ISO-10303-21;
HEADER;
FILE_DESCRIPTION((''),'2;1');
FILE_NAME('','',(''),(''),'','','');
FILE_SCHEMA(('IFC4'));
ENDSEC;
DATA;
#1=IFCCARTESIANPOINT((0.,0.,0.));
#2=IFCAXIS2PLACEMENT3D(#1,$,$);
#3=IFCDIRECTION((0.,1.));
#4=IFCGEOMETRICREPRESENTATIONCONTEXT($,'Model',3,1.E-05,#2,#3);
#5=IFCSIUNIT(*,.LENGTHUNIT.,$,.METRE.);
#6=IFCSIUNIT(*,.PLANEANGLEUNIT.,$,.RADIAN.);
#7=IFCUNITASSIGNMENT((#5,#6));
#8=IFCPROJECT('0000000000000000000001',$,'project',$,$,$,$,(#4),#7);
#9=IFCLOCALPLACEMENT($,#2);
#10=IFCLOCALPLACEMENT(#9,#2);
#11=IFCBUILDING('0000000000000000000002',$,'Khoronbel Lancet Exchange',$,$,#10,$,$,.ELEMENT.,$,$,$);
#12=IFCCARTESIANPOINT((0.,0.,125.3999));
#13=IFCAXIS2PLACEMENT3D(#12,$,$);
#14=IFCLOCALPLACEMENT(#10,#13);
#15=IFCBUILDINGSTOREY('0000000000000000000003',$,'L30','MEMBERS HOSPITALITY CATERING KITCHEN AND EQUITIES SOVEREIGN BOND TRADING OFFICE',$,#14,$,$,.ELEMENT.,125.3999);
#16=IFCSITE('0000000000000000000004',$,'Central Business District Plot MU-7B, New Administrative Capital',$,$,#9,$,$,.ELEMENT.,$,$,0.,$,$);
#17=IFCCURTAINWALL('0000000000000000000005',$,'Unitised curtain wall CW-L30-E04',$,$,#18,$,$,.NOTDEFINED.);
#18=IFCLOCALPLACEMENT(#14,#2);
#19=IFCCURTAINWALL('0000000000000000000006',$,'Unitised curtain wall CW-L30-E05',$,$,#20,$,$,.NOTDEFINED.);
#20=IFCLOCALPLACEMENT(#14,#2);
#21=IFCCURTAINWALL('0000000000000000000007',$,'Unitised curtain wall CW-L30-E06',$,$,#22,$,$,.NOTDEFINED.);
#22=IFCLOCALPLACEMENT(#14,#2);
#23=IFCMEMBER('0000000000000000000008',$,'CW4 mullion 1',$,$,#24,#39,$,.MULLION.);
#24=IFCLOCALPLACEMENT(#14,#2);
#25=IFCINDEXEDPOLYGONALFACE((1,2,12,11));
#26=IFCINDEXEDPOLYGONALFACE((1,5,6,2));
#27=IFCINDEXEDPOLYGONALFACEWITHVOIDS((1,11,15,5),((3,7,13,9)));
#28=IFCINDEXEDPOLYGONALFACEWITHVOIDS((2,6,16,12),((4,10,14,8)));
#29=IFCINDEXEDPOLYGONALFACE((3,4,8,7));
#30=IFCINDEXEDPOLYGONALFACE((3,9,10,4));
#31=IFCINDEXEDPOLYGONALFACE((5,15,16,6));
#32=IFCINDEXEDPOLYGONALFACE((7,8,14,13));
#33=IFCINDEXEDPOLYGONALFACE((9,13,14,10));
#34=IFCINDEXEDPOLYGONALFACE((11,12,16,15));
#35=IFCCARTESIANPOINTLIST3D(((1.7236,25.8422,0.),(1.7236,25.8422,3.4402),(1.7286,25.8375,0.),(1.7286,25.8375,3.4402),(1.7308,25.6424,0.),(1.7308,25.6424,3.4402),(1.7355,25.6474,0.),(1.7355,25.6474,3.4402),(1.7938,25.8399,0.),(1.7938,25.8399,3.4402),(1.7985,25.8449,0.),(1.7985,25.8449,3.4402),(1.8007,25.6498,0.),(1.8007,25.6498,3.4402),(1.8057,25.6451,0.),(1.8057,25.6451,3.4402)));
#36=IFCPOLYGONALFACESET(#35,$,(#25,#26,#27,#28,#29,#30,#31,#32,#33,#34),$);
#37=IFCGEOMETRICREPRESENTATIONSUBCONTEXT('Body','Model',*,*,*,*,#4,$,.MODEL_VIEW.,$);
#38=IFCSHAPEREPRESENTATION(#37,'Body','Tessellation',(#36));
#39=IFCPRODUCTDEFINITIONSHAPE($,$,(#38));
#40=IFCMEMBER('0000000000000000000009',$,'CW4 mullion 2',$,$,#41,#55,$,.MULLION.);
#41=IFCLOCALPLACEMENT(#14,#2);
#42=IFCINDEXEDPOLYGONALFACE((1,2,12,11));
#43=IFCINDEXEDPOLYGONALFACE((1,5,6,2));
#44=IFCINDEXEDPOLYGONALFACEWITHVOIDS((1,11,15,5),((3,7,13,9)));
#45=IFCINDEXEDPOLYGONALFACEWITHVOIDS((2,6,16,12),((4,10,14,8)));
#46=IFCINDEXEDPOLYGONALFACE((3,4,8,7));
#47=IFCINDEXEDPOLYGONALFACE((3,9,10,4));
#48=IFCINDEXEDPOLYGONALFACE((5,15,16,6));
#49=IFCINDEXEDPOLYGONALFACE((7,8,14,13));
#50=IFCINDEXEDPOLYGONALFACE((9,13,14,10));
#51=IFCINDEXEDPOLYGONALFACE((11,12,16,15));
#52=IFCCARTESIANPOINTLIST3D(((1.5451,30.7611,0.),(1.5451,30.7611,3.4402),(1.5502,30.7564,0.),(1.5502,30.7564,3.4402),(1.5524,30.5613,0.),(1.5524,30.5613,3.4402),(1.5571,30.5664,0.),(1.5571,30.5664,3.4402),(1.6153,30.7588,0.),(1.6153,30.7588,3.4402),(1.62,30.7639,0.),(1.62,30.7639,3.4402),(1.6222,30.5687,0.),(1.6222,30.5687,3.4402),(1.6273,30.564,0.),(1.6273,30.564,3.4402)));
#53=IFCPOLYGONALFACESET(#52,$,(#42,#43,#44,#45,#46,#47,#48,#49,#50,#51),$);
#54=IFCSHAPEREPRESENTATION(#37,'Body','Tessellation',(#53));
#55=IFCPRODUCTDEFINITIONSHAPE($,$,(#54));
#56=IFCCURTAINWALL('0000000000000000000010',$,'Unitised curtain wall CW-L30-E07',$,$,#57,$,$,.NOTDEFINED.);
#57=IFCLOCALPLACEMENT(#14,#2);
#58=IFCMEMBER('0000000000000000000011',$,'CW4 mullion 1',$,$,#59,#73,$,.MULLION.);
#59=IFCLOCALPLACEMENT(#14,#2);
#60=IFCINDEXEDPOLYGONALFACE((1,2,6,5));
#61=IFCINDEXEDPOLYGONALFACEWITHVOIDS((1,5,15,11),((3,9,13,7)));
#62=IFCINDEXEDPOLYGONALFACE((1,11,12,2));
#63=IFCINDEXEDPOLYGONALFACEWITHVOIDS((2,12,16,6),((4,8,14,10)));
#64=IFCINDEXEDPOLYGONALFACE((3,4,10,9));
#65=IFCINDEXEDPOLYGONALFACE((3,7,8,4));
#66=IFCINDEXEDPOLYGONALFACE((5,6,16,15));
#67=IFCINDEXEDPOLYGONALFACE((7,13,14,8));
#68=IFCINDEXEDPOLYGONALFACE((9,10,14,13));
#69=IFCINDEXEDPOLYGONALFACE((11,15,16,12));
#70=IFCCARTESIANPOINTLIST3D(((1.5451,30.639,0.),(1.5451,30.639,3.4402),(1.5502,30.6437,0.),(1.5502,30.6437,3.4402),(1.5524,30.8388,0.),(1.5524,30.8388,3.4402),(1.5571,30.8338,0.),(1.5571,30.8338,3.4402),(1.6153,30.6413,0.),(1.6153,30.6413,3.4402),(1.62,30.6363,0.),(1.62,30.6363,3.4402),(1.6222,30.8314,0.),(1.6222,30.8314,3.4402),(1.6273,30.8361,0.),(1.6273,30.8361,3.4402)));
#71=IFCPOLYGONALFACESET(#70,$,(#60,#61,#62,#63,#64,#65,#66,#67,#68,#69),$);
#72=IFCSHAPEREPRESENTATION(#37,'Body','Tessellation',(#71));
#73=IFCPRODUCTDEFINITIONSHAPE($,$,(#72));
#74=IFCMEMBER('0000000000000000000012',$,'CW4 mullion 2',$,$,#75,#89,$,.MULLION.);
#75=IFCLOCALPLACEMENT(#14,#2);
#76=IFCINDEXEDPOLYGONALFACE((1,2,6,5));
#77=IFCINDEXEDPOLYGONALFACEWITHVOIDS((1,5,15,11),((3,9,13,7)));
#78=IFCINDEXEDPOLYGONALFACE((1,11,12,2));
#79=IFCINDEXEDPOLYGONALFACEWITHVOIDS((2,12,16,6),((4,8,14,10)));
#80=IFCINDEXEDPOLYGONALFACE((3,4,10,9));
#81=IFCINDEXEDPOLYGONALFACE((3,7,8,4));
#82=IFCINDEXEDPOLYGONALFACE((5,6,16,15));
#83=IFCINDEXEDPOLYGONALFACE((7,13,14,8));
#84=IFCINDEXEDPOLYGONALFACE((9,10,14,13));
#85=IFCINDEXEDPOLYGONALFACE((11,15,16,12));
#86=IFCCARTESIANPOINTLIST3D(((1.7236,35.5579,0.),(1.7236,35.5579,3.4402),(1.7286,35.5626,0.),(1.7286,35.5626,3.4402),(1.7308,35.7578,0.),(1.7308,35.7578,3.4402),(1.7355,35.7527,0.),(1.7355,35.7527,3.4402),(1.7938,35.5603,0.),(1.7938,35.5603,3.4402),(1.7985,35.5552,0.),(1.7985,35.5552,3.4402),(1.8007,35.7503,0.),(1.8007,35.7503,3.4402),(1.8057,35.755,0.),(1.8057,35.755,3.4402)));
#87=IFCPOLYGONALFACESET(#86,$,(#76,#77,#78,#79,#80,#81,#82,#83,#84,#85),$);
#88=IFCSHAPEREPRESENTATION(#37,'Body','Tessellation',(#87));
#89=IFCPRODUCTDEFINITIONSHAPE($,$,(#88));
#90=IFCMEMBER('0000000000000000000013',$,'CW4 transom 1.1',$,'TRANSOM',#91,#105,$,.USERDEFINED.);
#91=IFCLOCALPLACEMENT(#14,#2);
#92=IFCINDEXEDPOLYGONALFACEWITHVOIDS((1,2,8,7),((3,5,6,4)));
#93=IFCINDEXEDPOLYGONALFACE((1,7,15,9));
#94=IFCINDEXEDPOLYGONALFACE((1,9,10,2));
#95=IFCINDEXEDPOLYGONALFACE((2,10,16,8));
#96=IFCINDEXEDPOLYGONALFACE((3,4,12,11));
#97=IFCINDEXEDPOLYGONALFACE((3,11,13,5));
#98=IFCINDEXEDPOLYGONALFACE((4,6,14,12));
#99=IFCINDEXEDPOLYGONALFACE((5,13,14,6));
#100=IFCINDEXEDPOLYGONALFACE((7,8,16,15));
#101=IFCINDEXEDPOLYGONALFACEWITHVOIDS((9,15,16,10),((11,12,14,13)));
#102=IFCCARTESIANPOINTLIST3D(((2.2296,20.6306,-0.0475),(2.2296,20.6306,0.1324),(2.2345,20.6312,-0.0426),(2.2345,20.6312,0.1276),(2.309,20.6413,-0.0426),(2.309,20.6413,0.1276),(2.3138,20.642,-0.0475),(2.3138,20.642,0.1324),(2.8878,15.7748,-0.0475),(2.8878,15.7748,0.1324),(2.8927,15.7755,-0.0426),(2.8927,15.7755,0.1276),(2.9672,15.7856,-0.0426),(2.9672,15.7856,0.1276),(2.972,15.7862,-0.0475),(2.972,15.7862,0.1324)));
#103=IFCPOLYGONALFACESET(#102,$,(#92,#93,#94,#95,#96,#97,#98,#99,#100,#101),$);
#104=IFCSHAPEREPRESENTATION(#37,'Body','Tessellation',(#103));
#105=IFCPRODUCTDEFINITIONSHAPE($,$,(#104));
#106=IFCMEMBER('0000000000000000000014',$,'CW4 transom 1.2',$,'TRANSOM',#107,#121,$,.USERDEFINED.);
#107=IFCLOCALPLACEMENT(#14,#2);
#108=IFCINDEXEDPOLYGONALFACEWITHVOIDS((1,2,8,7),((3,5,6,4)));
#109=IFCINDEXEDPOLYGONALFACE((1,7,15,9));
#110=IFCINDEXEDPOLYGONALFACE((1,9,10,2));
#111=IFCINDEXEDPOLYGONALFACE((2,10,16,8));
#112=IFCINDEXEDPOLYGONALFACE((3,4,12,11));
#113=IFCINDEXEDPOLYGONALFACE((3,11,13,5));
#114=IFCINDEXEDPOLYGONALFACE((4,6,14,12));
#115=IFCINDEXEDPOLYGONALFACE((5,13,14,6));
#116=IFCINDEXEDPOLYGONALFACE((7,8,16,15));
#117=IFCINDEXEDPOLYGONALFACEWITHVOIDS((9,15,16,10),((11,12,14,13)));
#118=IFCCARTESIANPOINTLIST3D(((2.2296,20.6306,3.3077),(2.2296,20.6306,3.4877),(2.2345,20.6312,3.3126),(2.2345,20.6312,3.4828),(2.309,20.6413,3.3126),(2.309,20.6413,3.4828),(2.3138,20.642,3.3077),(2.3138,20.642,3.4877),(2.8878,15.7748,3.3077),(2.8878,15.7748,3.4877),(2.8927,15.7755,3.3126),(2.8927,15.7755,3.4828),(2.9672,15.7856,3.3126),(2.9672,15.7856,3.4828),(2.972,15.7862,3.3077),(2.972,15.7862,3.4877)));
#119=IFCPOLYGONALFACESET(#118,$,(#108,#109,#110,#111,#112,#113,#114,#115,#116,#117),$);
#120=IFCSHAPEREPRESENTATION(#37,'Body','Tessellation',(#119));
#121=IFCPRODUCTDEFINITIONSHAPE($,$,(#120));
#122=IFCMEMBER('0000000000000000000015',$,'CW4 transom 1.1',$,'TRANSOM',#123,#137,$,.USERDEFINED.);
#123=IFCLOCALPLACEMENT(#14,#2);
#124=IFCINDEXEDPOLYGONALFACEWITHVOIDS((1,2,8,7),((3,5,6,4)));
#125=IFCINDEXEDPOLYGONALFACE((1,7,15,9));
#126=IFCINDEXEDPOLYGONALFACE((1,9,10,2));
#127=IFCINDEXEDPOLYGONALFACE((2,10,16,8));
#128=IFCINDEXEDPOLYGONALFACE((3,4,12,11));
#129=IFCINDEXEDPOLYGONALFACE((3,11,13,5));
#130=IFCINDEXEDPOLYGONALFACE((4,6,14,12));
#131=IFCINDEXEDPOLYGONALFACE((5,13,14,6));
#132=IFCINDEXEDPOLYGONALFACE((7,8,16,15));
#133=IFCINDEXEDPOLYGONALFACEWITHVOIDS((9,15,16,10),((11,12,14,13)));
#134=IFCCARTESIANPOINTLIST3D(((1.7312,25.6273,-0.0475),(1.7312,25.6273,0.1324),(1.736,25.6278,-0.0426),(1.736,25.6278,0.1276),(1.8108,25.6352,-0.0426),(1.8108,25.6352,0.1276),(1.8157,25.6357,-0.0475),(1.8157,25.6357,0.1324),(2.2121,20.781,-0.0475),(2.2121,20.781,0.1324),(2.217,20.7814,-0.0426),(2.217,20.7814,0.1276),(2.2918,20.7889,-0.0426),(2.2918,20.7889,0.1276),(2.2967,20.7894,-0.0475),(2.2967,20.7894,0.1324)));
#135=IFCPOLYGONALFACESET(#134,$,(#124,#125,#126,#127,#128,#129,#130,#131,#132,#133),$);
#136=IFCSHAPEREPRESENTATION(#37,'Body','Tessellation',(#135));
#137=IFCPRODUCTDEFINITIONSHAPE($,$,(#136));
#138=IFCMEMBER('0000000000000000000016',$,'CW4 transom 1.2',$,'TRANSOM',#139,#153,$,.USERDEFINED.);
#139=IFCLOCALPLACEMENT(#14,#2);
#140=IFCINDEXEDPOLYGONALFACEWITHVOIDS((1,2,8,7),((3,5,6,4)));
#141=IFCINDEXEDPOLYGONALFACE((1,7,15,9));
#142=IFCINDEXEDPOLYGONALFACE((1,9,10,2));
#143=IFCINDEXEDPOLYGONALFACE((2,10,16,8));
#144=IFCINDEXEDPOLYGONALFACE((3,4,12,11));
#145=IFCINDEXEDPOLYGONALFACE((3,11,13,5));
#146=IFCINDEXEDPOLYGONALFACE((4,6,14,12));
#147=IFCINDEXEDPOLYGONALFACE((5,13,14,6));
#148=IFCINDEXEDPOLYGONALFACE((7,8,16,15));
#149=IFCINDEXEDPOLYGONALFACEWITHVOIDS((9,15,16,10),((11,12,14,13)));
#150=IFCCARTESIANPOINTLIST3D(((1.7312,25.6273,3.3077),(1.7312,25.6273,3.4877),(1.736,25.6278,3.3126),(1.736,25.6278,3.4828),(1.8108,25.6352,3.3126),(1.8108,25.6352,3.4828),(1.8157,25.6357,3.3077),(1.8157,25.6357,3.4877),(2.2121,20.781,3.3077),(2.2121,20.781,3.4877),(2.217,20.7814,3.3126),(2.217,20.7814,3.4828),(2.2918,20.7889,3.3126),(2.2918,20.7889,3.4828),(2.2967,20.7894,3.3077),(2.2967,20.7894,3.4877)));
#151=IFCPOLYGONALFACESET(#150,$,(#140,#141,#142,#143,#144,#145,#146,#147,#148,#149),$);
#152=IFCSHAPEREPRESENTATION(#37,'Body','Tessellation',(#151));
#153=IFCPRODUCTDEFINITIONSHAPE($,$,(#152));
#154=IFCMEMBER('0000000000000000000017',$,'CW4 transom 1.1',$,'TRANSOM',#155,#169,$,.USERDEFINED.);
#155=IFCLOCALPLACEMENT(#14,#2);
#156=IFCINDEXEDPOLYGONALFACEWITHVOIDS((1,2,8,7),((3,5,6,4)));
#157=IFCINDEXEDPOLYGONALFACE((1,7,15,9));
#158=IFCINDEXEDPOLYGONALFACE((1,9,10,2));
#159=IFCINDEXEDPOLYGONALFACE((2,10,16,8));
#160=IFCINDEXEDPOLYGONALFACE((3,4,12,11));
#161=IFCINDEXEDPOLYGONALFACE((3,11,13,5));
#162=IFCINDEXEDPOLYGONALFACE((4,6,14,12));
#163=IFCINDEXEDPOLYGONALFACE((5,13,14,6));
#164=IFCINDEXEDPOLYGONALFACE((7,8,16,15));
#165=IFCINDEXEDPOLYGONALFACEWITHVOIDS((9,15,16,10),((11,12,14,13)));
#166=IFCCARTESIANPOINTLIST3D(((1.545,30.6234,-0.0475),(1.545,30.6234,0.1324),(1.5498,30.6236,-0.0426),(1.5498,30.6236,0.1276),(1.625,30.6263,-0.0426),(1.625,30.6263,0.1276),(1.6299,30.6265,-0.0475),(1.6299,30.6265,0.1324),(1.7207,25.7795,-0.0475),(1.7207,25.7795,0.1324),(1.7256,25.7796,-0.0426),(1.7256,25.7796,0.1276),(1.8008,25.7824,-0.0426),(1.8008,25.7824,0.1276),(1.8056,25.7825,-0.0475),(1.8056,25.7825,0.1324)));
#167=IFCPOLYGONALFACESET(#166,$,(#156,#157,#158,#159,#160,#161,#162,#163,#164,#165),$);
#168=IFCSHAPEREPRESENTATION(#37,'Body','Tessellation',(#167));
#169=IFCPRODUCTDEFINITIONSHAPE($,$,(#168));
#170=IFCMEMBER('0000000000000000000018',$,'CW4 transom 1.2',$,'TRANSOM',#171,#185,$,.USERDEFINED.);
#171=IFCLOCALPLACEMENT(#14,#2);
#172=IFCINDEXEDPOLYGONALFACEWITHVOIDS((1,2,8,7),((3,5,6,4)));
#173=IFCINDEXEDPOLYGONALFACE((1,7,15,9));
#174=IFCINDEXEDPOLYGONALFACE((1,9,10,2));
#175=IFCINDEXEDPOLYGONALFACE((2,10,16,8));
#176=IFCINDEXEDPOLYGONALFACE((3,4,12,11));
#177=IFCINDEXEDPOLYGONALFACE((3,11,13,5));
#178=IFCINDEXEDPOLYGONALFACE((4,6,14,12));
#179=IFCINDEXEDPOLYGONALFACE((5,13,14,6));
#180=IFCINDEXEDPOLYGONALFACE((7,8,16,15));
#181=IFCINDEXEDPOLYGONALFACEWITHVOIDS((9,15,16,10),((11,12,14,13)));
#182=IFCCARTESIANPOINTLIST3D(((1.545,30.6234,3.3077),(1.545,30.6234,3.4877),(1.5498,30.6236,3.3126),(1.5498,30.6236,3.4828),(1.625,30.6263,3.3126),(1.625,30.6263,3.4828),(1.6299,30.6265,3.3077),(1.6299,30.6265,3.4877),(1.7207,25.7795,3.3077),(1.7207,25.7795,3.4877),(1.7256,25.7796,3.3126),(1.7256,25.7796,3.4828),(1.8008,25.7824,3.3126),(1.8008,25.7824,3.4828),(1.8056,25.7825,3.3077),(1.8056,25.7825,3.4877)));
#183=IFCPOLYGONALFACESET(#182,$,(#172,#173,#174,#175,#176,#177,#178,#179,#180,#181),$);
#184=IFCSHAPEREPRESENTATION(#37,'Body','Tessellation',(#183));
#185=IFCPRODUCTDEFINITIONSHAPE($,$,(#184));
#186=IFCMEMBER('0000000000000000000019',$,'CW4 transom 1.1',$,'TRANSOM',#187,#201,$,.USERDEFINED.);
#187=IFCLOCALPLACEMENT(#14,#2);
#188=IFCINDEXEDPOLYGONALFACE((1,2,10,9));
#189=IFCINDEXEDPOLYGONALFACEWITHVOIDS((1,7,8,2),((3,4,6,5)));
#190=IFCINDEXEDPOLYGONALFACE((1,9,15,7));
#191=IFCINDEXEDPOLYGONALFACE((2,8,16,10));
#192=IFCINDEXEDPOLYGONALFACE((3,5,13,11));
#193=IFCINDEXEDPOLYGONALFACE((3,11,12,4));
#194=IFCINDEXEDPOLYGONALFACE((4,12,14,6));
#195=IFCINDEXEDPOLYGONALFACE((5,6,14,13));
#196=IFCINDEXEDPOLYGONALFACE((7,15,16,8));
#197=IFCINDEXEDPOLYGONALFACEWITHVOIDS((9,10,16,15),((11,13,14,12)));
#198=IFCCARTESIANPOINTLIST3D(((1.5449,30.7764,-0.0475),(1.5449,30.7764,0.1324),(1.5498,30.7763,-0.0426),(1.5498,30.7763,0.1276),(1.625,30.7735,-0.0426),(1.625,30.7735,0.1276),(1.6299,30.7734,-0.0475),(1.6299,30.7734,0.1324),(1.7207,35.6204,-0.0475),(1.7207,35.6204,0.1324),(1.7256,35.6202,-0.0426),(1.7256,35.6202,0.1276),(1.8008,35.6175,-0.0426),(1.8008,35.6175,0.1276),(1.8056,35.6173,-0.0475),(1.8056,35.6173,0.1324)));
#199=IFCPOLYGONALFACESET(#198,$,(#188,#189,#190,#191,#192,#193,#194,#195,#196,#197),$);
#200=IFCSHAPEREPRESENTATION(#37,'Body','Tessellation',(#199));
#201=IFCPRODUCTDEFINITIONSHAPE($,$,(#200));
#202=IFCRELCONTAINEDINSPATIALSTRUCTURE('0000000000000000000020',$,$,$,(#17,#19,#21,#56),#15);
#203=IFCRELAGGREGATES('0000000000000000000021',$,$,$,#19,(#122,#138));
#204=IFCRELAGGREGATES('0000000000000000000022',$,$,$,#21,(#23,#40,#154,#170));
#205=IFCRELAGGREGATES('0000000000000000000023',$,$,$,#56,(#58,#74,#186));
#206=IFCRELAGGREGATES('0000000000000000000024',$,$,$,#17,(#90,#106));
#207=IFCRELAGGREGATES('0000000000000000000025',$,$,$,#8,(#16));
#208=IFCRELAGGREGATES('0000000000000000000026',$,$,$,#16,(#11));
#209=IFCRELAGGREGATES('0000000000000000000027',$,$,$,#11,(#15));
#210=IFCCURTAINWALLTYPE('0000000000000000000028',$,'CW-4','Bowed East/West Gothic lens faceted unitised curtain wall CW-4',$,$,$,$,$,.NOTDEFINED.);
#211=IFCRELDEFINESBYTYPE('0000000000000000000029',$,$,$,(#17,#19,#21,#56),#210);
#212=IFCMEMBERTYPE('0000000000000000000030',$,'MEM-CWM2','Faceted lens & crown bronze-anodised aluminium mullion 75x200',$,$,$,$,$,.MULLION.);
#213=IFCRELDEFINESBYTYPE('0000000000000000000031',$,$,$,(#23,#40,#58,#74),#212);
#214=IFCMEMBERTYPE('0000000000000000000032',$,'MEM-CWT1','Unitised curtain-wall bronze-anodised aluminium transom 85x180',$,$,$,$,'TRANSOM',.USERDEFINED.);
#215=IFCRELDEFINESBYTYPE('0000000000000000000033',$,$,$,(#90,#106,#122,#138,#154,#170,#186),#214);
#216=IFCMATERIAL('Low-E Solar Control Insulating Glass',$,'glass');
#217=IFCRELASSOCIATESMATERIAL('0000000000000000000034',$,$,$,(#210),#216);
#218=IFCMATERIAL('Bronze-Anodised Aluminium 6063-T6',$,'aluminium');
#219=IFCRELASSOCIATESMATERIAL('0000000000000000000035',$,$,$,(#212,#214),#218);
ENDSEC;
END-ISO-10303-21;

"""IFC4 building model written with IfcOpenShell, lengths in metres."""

from ifc_helpers import new_model, si_unit, direction, frame, origin, origin_2d, place, context, subcontext, project, spatial, hollow_rectangle, extrude, material, material_profile, profile_set, type_object, element, aggregate, save


model = new_model("IFC4")

# Units and contexts
model_context = context("Model", 3, precision=1e-05, world=origin(), true_north=direction((0.0, 1.0)))
body_context = subcontext(model_context, "Body", "Model", "MODEL_VIEW")
ifc_project = project(units=[si_unit("LENGTHUNIT", "METRE"), si_unit("PLANEANGLEUNIT", "RADIAN")], contexts=[model_context])

# Site, building, storey
site_placement = place(None, origin())
site = spatial("IfcSite", under=ifc_project, at=site_placement, Name="Central Business District Plot MU-7B, New Administrative Capital", CompositionType="ELEMENT", RefElevation=0.0)
building_placement = place(site_placement, origin())
building = spatial("IfcBuilding", under=site, at=building_placement, Name="Khoronbel Lancet Exchange", CompositionType="ELEMENT")
storey_placement = place(building_placement, frame((0.0, 0.0, 125.3999)))
storey = spatial("IfcBuildingStorey", under=building, at=storey_placement, Name="L30", Description="MEMBERS HOSPITALITY CATERING KITCHEN AND EQUITIES SOVEREIGN BOND TRADING OFFICE", CompositionType="ELEMENT", Elevation=125.3999)

# Curtain walls, members
ifc_material_1 = material(Name="Low-E Solar Control Insulating Glass", Category="glass")
curtain_wall_type = type_object("IfcCurtainWallType", Name="CW-4", Description="Bowed East/West Gothic lens faceted unitised curtain wall CW-4", PredefinedType="NOTDEFINED", material=ifc_material_1)
curtain_wall_1_placement = place(storey_placement, origin())
curtain_wall_1 = element("IfcCurtainWall", 1, at=curtain_wall_1_placement, inside=storey, type_object=curtain_wall_type, Name="Unitised curtain wall CW-L30-E04", PredefinedType="NOTDEFINED")
ifc_material_2 = material(Name="Bronze-Anodised Aluminium 6063-T6", Category="aluminium")
ifc_material_profile_1 = material_profile(ifc_material_2, hollow_rectangle(XDim=0.075, YDim=0.2, WallThickness=0.0049, at=origin_2d()), Name="ALU MULLION 75x200")
ifc_profile_set_1 = profile_set([ifc_material_profile_1], Name="Bronze-Anodised Aluminium 6063-T6")
member_type_1 = type_object("IfcMemberType", Name="MEM-CWM2", Description="Faceted lens & crown bronze-anodised aluminium mullion 75x200", PredefinedType="MULLION", material=ifc_profile_set_1)
curtain_wall_2_placement = place(storey_placement, origin())
curtain_wall_2 = element("IfcCurtainWall", 2, at=curtain_wall_2_placement, inside=storey, type_object=curtain_wall_type, Name="Unitised curtain wall CW-L30-E05", PredefinedType="NOTDEFINED")
curtain_wall_3_placement = place(storey_placement, origin())
curtain_wall_3 = element("IfcCurtainWall", 3, at=curtain_wall_3_placement, inside=storey, type_object=curtain_wall_type, Name="Unitised curtain wall CW-L30-E06", PredefinedType="NOTDEFINED")
member_1_placement = place(storey_placement, frame((1.7646, 25.7437, 0.0), z_axis=(0.0, 0.0, 1.0), x_axis=(-0.999342, -0.03628, 0.0)))
member_1 = element("IfcMember", 4, at=member_1_placement, type_object=member_type_1, Name="CW4 mullion 1", PredefinedType="MULLION", context=body_context, shape_type="SweptSolid", body=[
    extrude(hollow_rectangle(XDim=0.075, YDim=0.2, WallThickness=0.0049, at=origin_2d()), origin(), (0.0, 0.0, 1.0), 3.4402),
])
member_2_placement = place(storey_placement, frame((1.5862, 30.6626, 0.0), z_axis=(0.0, 0.0, 1.0), x_axis=(-0.999342, -0.03628, 0.0)))
member_2 = element("IfcMember", 5, at=member_2_placement, type_object=member_type_1, Name="CW4 mullion 2", PredefinedType="MULLION", context=body_context, shape_type="SweptSolid", body=[
    extrude(hollow_rectangle(XDim=0.075, YDim=0.2, WallThickness=0.0049, at=origin_2d()), origin(), (0.0, 0.0, 1.0), 3.4402),
])
curtain_wall_4_placement = place(storey_placement, origin())
curtain_wall_4 = element("IfcCurtainWall", 6, at=curtain_wall_4_placement, inside=storey, type_object=curtain_wall_type, Name="Unitised curtain wall CW-L30-E07", PredefinedType="NOTDEFINED")
member_3_placement = place(storey_placement, frame((1.5862, 30.7375, 0.0), z_axis=(0.0, 0.0, 1.0), x_axis=(-0.999342, 0.03628, 0.0)))
member_3 = element("IfcMember", 7, at=member_3_placement, type_object=member_type_1, Name="CW4 mullion 1", PredefinedType="MULLION", context=body_context, shape_type="SweptSolid", body=[
    extrude(hollow_rectangle(XDim=0.075, YDim=0.2, WallThickness=0.0049, at=origin_2d()), origin(), (0.0, 0.0, 1.0), 3.4402),
])
member_4_placement = place(storey_placement, frame((1.7646, 35.6565, 0.0), z_axis=(0.0, 0.0, 1.0), x_axis=(-0.999342, 0.03628, 0.0)))
member_4 = element("IfcMember", 8, at=member_4_placement, type_object=member_type_1, Name="CW4 mullion 2", PredefinedType="MULLION", context=body_context, shape_type="SweptSolid", body=[
    extrude(hollow_rectangle(XDim=0.075, YDim=0.2, WallThickness=0.0049, at=origin_2d()), origin(), (0.0, 0.0, 1.0), 3.4402),
])

# Members
ifc_material_profile_2 = material_profile(ifc_material_2, hollow_rectangle(XDim=0.085, YDim=0.1799, WallThickness=0.0049, at=origin_2d()), Name="ALU TRANSOM 85x180")
ifc_profile_set_2 = profile_set([ifc_material_profile_2], Name="Bronze-Anodised Aluminium 6063-T6")
member_type_2 = type_object("IfcMemberType", Name="MEM-CWT1", Description="Unitised curtain-wall bronze-anodised aluminium transom 85x180", ElementType="TRANSOM", PredefinedType="USERDEFINED", material=ifc_profile_set_2)
member_5_placement = place(storey_placement, frame((2.9299, 15.7805, 0.0425), z_axis=(-0.134324, 0.990937, 0.0), x_axis=(-0.990937, -0.134324, 0.0)))
member_5 = element("IfcMember", 9, at=member_5_placement, type_object=member_type_2, Name="CW4 transom 1.1", ObjectType="TRANSOM", PredefinedType="USERDEFINED", context=body_context, shape_type="SweptSolid", body=[
    extrude(hollow_rectangle(XDim=0.085, YDim=0.1799, WallThickness=0.0049, at=origin_2d()), origin(), (0.0, 0.0, 1.0), 4.9001),
])
member_6_placement = place(storey_placement, frame((2.9299, 15.7805, 3.3977), z_axis=(-0.134324, 0.990937, 0.0), x_axis=(-0.990937, -0.134324, 0.0)))
member_6 = element("IfcMember", 10, at=member_6_placement, type_object=member_type_2, Name="CW4 transom 1.2", ObjectType="TRANSOM", PredefinedType="USERDEFINED", context=body_context, shape_type="SweptSolid", body=[
    extrude(hollow_rectangle(XDim=0.085, YDim=0.1799, WallThickness=0.0049, at=origin_2d()), origin(), (0.0, 0.0, 1.0), 4.9001),
])
member_7_placement = place(storey_placement, frame((2.2544, 20.7852, 0.0425), z_axis=(-0.098759, 0.995111, 0.0), x_axis=(-0.995111, -0.098759, 0.0)))
member_7 = element("IfcMember", 11, at=member_7_placement, type_object=member_type_2, Name="CW4 transom 1.1", ObjectType="TRANSOM", PredefinedType="USERDEFINED", context=body_context, shape_type="SweptSolid", body=[
    extrude(hollow_rectangle(XDim=0.085, YDim=0.1799, WallThickness=0.0049, at=origin_2d()), origin(), (0.0, 0.0, 1.0), 4.8701),
])
member_8_placement = place(storey_placement, frame((2.2544, 20.7852, 3.3977), z_axis=(-0.098759, 0.995111, 0.0), x_axis=(-0.995111, -0.098759, 0.0)))
member_8 = element("IfcMember", 12, at=member_8_placement, type_object=member_type_2, Name="CW4 transom 1.2", ObjectType="TRANSOM", PredefinedType="USERDEFINED", context=body_context, shape_type="SweptSolid", body=[
    extrude(hollow_rectangle(XDim=0.085, YDim=0.1799, WallThickness=0.0049, at=origin_2d()), origin(), (0.0, 0.0, 1.0), 4.8701),
])
member_9_placement = place(storey_placement, frame((1.7632, 25.781, 0.0425), z_axis=(-0.036265, 0.999342, 0.0), x_axis=(-0.999342, -0.036265, 0.0)))
member_9 = element("IfcMember", 13, at=member_9_placement, type_object=member_type_2, Name="CW4 transom 1.1", ObjectType="TRANSOM", PredefinedType="USERDEFINED", context=body_context, shape_type="SweptSolid", body=[
    extrude(hollow_rectangle(XDim=0.085, YDim=0.1799, WallThickness=0.0049, at=origin_2d()), origin(), (0.0, 0.0, 1.0), 4.8472),
])
member_10_placement = place(storey_placement, frame((1.7632, 25.781, 3.3977), z_axis=(-0.036265, 0.999342, 0.0), x_axis=(-0.999342, -0.036265, 0.0)))
member_10 = element("IfcMember", 14, at=member_10_placement, type_object=member_type_2, Name="CW4 transom 1.2", ObjectType="TRANSOM", PredefinedType="USERDEFINED", context=body_context, shape_type="SweptSolid", body=[
    extrude(hollow_rectangle(XDim=0.085, YDim=0.1799, WallThickness=0.0049, at=origin_2d()), origin(), (0.0, 0.0, 1.0), 4.8472),
])
member_11_placement = place(storey_placement, frame((1.5874, 30.7749, 0.0425), z_axis=(0.036265, 0.999342, 0.0), x_axis=(-0.999342, 0.036265, 0.0)))
member_11 = element("IfcMember", 15, at=member_11_placement, type_object=member_type_2, Name="CW4 transom 1.1", ObjectType="TRANSOM", PredefinedType="USERDEFINED", context=body_context, shape_type="SweptSolid", body=[
    extrude(hollow_rectangle(XDim=0.085, YDim=0.1799, WallThickness=0.0049, at=origin_2d()), origin(), (0.0, 0.0, 1.0), 4.8472),
])

aggregate(curtain_wall_2, [member_7, member_8])
aggregate(curtain_wall_3, [member_1, member_2, member_9, member_10])
aggregate(curtain_wall_4, [member_3, member_4, member_11])
aggregate(curtain_wall_1, [member_5, member_6])

save(model, "model.ifc")
